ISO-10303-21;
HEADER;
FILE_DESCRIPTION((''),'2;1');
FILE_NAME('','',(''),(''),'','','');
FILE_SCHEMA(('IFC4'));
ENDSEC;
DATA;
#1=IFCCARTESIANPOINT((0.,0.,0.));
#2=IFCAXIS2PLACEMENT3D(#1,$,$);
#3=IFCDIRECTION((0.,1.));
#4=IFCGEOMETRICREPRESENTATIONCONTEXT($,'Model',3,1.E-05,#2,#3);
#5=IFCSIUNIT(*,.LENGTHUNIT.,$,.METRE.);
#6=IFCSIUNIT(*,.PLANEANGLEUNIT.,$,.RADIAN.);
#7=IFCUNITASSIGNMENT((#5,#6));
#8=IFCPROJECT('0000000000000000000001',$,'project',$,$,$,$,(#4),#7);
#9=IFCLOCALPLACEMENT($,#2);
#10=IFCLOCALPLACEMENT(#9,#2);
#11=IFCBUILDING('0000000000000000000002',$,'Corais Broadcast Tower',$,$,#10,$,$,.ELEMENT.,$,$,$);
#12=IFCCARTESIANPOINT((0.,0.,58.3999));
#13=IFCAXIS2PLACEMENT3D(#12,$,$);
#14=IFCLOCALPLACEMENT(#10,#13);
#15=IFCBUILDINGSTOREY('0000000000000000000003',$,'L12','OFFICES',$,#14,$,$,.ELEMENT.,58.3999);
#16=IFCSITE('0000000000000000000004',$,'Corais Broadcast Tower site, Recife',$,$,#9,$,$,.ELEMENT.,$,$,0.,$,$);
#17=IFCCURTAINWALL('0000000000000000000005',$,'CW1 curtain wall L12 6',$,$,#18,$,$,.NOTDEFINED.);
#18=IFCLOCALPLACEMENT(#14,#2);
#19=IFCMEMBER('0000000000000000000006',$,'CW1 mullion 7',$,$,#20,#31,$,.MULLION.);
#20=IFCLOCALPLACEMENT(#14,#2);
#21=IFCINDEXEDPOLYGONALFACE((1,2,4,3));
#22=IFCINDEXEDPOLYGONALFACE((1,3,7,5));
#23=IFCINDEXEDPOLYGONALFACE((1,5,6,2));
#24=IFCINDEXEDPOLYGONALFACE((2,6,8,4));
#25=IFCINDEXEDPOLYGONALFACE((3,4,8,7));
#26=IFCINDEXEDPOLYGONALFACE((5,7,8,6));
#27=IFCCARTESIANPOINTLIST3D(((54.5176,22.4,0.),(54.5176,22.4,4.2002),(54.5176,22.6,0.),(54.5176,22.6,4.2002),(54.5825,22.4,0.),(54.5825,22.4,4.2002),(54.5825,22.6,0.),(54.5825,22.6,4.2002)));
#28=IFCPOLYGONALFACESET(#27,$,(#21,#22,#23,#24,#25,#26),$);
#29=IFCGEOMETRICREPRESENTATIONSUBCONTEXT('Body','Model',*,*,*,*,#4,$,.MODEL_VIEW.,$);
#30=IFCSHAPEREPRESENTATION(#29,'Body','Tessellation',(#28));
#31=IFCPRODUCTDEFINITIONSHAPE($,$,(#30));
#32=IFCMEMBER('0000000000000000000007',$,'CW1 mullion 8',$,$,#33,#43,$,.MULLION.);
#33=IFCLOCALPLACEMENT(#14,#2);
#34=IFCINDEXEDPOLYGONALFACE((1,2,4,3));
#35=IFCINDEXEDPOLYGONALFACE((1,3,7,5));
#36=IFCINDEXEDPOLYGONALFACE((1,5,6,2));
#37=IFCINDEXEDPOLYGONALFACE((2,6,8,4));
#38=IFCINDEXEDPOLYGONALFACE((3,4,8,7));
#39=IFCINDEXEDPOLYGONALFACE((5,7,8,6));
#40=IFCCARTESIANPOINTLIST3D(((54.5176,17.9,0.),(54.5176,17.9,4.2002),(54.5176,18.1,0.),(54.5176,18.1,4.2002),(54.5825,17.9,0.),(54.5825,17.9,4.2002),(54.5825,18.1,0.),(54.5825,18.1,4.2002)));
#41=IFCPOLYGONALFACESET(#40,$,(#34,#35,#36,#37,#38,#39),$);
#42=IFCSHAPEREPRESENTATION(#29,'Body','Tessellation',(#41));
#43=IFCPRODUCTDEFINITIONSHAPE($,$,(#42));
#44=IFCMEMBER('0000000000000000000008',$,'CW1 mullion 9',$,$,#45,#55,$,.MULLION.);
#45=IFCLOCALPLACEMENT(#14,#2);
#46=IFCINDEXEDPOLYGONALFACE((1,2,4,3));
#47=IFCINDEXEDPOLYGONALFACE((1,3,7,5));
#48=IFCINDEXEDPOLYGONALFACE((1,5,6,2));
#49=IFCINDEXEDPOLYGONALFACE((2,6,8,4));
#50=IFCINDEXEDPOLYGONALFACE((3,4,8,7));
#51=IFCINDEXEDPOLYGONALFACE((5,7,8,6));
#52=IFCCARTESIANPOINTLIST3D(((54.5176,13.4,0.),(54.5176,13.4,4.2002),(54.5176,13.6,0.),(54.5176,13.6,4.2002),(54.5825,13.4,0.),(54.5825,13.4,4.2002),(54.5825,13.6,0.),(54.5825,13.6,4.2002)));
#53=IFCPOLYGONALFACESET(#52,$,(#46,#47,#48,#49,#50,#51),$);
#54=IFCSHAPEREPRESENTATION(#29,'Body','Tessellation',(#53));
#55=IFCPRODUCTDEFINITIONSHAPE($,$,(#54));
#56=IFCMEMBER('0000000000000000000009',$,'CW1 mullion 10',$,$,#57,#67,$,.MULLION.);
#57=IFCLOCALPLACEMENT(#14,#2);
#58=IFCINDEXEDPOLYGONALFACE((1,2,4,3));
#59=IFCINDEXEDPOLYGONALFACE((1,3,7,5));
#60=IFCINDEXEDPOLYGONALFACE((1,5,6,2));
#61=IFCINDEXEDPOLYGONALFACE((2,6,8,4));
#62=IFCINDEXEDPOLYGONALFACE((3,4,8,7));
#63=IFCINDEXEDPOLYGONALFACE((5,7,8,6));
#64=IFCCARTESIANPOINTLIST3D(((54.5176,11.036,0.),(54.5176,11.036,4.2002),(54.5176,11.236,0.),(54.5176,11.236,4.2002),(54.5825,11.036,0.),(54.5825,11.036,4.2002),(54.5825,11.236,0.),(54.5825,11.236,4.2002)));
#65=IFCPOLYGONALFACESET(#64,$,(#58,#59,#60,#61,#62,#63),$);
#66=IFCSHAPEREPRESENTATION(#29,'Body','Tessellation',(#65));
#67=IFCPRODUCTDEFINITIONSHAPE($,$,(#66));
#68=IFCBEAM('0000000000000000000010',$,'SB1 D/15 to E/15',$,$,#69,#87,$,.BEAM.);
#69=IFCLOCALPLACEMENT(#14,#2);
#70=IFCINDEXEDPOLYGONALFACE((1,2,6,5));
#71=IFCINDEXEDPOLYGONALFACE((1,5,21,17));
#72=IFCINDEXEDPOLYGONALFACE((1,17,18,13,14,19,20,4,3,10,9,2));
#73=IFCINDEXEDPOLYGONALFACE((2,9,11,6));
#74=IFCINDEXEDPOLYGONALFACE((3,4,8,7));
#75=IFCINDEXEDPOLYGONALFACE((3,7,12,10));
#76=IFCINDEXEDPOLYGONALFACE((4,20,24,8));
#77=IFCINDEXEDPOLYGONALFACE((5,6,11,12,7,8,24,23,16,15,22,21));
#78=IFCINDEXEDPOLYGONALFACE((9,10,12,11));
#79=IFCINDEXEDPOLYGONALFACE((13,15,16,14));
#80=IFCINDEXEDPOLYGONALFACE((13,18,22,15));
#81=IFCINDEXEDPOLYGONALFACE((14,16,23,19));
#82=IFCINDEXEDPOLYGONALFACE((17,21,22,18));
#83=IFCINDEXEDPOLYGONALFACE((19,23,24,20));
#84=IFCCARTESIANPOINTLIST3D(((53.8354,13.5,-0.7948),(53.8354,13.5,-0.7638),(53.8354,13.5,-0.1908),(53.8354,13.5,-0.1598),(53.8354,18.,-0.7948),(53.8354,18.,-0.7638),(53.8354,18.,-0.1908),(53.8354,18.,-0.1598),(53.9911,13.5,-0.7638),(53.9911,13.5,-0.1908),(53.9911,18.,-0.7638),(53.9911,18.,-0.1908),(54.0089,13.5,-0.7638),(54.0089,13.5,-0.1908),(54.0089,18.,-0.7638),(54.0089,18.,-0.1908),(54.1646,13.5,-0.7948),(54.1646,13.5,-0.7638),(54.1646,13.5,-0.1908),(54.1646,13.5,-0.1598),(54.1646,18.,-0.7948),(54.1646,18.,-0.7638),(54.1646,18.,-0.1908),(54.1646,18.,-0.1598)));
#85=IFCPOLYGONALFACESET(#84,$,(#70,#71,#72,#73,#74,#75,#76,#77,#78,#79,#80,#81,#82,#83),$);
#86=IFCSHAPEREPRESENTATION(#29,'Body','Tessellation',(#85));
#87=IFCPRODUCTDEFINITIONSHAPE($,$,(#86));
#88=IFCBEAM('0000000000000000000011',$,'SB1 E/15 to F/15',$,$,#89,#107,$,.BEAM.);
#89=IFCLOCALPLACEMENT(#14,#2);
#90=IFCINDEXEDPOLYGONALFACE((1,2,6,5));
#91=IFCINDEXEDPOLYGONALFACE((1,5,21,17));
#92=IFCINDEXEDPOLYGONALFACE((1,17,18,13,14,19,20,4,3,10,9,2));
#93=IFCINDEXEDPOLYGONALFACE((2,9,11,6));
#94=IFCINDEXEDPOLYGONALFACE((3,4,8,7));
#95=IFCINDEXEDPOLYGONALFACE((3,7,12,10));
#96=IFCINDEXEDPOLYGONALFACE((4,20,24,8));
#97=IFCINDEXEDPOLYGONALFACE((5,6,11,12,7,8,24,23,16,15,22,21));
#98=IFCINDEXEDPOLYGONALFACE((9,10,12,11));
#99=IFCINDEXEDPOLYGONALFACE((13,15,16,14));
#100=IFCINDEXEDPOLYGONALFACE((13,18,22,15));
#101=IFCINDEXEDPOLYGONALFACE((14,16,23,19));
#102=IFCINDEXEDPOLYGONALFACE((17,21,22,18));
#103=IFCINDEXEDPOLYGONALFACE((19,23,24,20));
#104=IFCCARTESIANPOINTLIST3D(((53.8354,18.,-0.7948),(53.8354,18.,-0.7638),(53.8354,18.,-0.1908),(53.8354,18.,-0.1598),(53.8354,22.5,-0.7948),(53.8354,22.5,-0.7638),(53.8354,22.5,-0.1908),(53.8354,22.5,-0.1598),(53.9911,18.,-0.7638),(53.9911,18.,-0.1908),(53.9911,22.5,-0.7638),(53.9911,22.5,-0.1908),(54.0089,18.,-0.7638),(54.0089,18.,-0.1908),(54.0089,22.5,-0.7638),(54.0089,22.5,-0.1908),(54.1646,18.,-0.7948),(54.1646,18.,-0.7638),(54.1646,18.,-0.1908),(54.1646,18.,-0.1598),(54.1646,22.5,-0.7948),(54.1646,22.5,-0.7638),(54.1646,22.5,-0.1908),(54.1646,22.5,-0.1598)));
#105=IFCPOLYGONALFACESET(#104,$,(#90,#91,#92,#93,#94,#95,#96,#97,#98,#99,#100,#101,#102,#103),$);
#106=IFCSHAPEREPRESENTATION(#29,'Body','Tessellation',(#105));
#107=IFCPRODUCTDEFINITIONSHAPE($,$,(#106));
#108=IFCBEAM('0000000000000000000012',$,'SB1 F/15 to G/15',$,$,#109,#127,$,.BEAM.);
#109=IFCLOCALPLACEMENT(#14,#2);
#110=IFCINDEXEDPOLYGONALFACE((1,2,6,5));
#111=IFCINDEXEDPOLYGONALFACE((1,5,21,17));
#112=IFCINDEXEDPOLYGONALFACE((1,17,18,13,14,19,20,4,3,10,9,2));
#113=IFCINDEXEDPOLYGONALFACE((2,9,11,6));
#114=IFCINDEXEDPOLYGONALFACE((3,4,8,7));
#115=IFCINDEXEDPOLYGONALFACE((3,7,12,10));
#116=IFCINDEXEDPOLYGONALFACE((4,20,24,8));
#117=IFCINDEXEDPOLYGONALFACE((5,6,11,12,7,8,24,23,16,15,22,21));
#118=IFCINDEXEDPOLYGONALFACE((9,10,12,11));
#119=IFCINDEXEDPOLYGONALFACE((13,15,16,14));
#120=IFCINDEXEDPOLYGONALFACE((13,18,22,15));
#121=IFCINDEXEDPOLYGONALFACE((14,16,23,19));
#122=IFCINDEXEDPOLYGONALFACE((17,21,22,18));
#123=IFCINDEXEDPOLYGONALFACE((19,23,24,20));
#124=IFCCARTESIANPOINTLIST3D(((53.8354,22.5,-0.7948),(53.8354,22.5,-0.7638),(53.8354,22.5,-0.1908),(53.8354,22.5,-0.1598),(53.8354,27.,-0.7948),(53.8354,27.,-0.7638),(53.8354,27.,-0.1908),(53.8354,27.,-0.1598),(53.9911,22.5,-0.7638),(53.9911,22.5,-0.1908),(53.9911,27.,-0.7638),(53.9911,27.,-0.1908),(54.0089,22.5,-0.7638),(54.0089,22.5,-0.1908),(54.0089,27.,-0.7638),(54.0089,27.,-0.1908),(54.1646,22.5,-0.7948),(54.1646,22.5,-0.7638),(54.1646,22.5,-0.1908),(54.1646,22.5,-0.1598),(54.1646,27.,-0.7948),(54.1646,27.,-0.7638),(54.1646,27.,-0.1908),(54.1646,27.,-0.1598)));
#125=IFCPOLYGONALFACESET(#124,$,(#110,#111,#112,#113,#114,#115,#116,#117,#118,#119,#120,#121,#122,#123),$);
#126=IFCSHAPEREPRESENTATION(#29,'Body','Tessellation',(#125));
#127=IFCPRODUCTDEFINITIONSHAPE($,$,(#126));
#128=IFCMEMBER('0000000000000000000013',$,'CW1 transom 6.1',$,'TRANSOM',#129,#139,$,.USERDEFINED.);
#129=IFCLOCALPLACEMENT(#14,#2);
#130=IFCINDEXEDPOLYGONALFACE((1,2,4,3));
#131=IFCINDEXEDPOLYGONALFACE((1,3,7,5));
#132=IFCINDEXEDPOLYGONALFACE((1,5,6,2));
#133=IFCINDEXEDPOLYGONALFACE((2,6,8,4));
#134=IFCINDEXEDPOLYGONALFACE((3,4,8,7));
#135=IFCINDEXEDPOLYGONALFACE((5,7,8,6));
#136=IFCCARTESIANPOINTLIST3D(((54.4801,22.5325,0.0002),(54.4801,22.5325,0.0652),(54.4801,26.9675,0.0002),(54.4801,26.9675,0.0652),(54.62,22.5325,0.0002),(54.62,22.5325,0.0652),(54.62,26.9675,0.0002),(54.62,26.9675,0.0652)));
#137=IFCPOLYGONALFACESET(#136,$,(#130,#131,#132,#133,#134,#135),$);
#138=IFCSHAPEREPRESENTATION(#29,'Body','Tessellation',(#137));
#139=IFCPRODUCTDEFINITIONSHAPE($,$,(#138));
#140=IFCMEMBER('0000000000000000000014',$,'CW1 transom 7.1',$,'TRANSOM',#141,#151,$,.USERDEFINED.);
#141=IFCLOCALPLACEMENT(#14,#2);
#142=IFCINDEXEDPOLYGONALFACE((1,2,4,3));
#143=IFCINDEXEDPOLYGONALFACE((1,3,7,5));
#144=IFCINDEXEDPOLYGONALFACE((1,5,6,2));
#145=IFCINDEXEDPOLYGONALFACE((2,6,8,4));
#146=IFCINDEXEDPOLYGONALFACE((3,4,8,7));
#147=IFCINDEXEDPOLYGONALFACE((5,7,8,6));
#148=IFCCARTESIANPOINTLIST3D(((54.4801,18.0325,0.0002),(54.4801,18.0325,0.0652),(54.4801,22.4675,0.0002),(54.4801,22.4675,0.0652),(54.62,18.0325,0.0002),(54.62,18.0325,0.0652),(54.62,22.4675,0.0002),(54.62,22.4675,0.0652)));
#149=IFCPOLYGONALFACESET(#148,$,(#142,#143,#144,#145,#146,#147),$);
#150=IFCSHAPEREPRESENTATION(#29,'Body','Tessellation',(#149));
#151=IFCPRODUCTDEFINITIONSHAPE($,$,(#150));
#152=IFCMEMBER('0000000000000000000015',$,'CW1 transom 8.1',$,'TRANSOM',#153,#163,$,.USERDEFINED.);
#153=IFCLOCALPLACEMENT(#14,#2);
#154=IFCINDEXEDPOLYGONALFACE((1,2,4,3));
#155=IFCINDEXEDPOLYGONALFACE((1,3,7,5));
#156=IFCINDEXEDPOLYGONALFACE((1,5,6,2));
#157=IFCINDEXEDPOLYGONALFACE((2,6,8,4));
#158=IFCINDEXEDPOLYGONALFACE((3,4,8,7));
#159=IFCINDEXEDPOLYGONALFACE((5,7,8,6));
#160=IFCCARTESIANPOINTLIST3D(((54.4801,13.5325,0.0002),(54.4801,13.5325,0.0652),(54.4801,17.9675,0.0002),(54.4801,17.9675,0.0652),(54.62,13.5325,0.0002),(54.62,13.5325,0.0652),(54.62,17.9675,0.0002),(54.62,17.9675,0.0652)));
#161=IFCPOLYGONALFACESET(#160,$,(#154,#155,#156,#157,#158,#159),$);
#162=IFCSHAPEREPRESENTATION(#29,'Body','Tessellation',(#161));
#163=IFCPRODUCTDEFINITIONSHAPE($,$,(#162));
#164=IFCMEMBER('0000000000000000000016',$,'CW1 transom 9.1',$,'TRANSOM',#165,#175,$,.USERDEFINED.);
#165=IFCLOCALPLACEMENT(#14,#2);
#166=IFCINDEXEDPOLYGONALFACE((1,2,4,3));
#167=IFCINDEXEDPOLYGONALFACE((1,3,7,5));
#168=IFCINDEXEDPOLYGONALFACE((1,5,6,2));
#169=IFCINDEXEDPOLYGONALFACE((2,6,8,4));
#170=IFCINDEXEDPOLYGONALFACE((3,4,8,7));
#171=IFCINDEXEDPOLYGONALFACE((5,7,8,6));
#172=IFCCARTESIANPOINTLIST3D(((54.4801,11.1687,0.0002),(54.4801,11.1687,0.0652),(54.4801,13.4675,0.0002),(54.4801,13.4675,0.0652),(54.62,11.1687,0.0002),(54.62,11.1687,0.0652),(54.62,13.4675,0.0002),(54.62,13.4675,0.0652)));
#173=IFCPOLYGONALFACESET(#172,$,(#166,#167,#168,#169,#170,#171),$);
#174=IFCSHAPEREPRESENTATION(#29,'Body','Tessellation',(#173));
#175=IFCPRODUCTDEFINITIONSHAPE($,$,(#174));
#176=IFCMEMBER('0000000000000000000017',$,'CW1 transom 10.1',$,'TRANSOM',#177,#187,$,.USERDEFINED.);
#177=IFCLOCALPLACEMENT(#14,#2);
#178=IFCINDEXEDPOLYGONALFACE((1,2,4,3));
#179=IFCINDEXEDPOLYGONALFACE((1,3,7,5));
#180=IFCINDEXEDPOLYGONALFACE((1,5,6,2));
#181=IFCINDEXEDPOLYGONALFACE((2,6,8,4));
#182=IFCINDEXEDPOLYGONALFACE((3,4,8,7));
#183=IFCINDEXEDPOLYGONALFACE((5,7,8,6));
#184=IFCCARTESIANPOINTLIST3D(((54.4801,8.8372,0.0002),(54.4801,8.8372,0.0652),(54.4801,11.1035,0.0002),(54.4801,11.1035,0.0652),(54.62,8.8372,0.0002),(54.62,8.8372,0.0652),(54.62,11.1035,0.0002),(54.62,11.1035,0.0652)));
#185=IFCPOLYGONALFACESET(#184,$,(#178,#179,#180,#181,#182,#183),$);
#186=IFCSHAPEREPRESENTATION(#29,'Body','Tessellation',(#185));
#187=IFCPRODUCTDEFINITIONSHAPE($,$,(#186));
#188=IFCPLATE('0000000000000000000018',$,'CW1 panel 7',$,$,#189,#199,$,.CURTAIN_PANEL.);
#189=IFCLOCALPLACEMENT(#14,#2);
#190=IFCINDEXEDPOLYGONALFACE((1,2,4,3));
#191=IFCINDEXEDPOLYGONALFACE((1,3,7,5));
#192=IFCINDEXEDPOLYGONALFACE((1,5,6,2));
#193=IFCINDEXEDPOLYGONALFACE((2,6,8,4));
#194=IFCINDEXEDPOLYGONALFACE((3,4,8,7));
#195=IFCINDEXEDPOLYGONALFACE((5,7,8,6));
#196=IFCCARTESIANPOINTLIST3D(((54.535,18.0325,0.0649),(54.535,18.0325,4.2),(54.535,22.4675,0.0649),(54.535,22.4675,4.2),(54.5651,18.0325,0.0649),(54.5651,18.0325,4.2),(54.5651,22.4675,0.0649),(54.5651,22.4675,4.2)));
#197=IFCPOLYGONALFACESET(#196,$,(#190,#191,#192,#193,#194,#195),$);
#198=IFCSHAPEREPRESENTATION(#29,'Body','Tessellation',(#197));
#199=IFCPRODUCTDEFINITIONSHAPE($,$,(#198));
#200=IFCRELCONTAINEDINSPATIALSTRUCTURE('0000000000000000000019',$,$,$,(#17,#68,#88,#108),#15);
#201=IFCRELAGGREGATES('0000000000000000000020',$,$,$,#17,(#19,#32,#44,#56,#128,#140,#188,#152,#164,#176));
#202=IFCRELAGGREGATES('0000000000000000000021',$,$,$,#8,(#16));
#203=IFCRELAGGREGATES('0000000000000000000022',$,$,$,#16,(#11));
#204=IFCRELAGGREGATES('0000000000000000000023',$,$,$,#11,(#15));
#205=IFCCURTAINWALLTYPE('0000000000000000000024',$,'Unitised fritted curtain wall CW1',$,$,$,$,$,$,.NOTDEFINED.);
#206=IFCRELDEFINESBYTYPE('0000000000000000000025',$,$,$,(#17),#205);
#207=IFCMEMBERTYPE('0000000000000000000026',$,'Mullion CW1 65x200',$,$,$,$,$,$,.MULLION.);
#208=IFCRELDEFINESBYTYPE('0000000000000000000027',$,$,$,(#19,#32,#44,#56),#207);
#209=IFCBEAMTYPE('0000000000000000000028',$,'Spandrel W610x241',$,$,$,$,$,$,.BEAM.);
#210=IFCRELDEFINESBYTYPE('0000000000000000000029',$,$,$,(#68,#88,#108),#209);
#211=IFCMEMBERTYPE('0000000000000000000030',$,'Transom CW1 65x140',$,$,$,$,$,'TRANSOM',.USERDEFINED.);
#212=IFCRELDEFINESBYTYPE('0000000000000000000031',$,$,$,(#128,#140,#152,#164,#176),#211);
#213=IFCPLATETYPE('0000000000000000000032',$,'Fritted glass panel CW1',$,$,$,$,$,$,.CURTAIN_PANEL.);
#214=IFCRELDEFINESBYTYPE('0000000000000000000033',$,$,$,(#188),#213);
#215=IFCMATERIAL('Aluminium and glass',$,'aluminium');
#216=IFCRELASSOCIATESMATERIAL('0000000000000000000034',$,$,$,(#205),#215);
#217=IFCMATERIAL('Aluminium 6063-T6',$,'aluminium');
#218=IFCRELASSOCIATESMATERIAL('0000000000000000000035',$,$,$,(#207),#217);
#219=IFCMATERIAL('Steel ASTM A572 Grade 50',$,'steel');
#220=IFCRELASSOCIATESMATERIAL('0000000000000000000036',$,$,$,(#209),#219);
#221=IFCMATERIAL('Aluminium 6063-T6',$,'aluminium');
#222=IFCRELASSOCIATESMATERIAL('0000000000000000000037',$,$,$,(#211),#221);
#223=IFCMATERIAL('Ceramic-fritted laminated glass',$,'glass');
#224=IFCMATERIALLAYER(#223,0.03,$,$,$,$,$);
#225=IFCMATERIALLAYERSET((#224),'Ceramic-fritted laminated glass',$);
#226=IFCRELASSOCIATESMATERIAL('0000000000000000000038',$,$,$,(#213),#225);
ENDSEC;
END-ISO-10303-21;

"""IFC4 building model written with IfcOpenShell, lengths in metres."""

from ifc_helpers import new_model, si_unit, direction, frame, origin, origin_2d, place, context, subcontext, project, spatial, rectangle, i_section, extrude, material, layer, layer_set, material_profile, profile_set, type_object, element, aggregate, save


model = new_model("IFC4")

# Units and contexts
model_context = context("Model", 3, precision=1e-05, world=origin(), true_north=direction((0.0, 1.0)))
body_context = subcontext(model_context, "Body", "Model", "MODEL_VIEW")
ifc_project = project(units=[si_unit("LENGTHUNIT", "METRE"), si_unit("PLANEANGLEUNIT", "RADIAN")], contexts=[model_context])

# Site, building, storey
site_placement = place(None, origin())
site = spatial("IfcSite", under=ifc_project, at=site_placement, Name="Corais Broadcast Tower site, Recife", CompositionType="ELEMENT", RefElevation=0.0)
building_placement = place(site_placement, origin())
building = spatial("IfcBuilding", under=site, at=building_placement, Name="Corais Broadcast Tower", CompositionType="ELEMENT")
storey_placement = place(building_placement, frame((0.0, 0.0, 58.3999)))
storey = spatial("IfcBuildingStorey", under=building, at=storey_placement, Name="L12", Description="OFFICES", CompositionType="ELEMENT", Elevation=58.3999)

# Curtain wall, members
ifc_material_1 = material(Name="Aluminium and glass", Category="aluminium")
curtain_wall_type = type_object("IfcCurtainWallType", Name="Unitised fritted curtain wall CW1", PredefinedType="NOTDEFINED", material=ifc_material_1)
curtain_wall_placement = place(storey_placement, origin())
curtain_wall = element("IfcCurtainWall", 1, at=curtain_wall_placement, inside=storey, type_object=curtain_wall_type, Name="CW1 curtain wall L12 6", PredefinedType="NOTDEFINED")
ifc_material_2 = material(Name="Aluminium 6063-T6", Category="aluminium")
ifc_material_profile_1 = material_profile(ifc_material_2, rectangle(XDim=0.0649, YDim=0.2, at=origin_2d()), Name="Mullion CW1 65x200")
ifc_profile_set_1 = profile_set([ifc_material_profile_1], Name="Aluminium 6063-T6")
member_type_1 = type_object("IfcMemberType", Name="Mullion CW1 65x200", PredefinedType="MULLION", material=ifc_profile_set_1)
member_1_placement = place(storey_placement, frame((54.55, 22.5, 0.0), z_axis=(0.0, 0.0, 1.0), x_axis=(1.0, 0.0, 0.0)))
member_1 = element("IfcMember", 2, at=member_1_placement, type_object=member_type_1, Name="CW1 mullion 7", PredefinedType="MULLION", context=body_context, shape_type="SweptSolid", body=[
    extrude(rectangle(XDim=0.0649, YDim=0.2, at=origin_2d()), origin(), (0.0, 0.0, 1.0), 4.2002),
])
member_2_placement = place(storey_placement, frame((54.55, 18.0, 0.0), z_axis=(0.0, 0.0, 1.0), x_axis=(1.0, 0.0, 0.0)))
member_2 = element("IfcMember", 3, at=member_2_placement, type_object=member_type_1, Name="CW1 mullion 8", PredefinedType="MULLION", context=body_context, shape_type="SweptSolid", body=[
    extrude(rectangle(XDim=0.0649, YDim=0.2, at=origin_2d()), origin(), (0.0, 0.0, 1.0), 4.2002),
])
member_3_placement = place(storey_placement, frame((54.55, 13.5, 0.0), z_axis=(0.0, 0.0, 1.0), x_axis=(1.0, 0.0, 0.0)))
member_3 = element("IfcMember", 4, at=member_3_placement, type_object=member_type_1, Name="CW1 mullion 9", PredefinedType="MULLION", context=body_context, shape_type="SweptSolid", body=[
    extrude(rectangle(XDim=0.0649, YDim=0.2, at=origin_2d()), origin(), (0.0, 0.0, 1.0), 4.2002),
])
member_4_placement = place(storey_placement, frame((54.55, 11.136, 0.0), z_axis=(0.0, 0.0, 1.0), x_axis=(1.0, 0.0, 0.0)))
member_4 = element("IfcMember", 5, at=member_4_placement, type_object=member_type_1, Name="CW1 mullion 10", PredefinedType="MULLION", context=body_context, shape_type="SweptSolid", body=[
    extrude(rectangle(XDim=0.0649, YDim=0.2, at=origin_2d()), origin(), (0.0, 0.0, 1.0), 4.2002),
])

# Beams
ifc_material_3 = material(Name="Steel ASTM A572 Grade 50", Category="steel")
ifc_material_profile_2 = material_profile(ifc_material_3, i_section(OverallWidth=0.3291, OverallDepth=0.635, WebThickness=0.0178, FlangeThickness=0.031, at=origin_2d()), Name="W610x241")
ifc_profile_set_2 = profile_set([ifc_material_profile_2], Name="Steel ASTM A572 Grade 50")
beam_type_1 = type_object("IfcBeamType", Name="Spandrel W610x241", PredefinedType="BEAM", material=ifc_profile_set_2)
for number, where, z_axis, x_axis, name in (
    (6, (54.0, 13.5, -0.4773), (0.0, 1.0, 0.0), (-1.0, 0.0, 0.0), "SB1 D/15 to E/15"),
    (7, (54.0, 18.0, -0.4773), (0.0, 1.0, 0.0), (-1.0, 0.0, 0.0), "SB1 E/15 to F/15"),
    (8, (54.0, 22.5, -0.4773), (0.0, 1.0, 0.0), (-1.0, 0.0, 0.0), "SB1 F/15 to G/15"),
):
    element("IfcBeam", number, at=place(storey_placement, frame(where, z_axis=z_axis, x_axis=x_axis)), inside=storey, type_object=beam_type_1, Name=name, PredefinedType="BEAM", context=body_context, shape_type="SweptSolid", body=[
        extrude(i_section(OverallWidth=0.3291, OverallDepth=0.635, WebThickness=0.0178, FlangeThickness=0.031, at=origin_2d()), origin(), (0.0, 0.0, 1.0), 4.5),
    ])

# Members
ifc_material_4 = material(Name="Aluminium 6063-T6", Category="aluminium")
ifc_material_profile_3 = material_profile(ifc_material_4, rectangle(XDim=0.1399, YDim=0.0649, at=origin_2d()), Name="Transom CW1 65x140")
ifc_profile_set_3 = profile_set([ifc_material_profile_3], Name="Aluminium 6063-T6")
member_type_2 = type_object("IfcMemberType", Name="Transom CW1 65x140", ElementType="TRANSOM", PredefinedType="USERDEFINED", material=ifc_profile_set_3)
member_5_placement = place(storey_placement, frame((54.55, 26.9675, 0.0327), z_axis=(0.0, -1.0, 0.0), x_axis=(1.0, 0.0, 0.0)))
member_5 = element("IfcMember", 9, at=member_5_placement, type_object=member_type_2, Name="CW1 transom 6.1", ObjectType="TRANSOM", PredefinedType="USERDEFINED", context=body_context, shape_type="SweptSolid", body=[
    extrude(rectangle(XDim=0.1399, YDim=0.0649, at=origin_2d()), origin(), (0.0, 0.0, 1.0), 4.4351),
])
member_6_placement = place(storey_placement, frame((54.55, 22.4675, 0.0327), z_axis=(0.0, -1.0, 0.0), x_axis=(1.0, 0.0, 0.0)))
member_6 = element("IfcMember", 10, at=member_6_placement, type_object=member_type_2, Name="CW1 transom 7.1", ObjectType="TRANSOM", PredefinedType="USERDEFINED", context=body_context, shape_type="SweptSolid", body=[
    extrude(rectangle(XDim=0.1399, YDim=0.0649, at=origin_2d()), origin(), (0.0, 0.0, 1.0), 4.4351),
])
member_7_placement = place(storey_placement, frame((54.55, 17.9675, 0.0327), z_axis=(0.0, -1.0, 0.0), x_axis=(1.0, 0.0, 0.0)))
member_7 = element("IfcMember", 11, at=member_7_placement, type_object=member_type_2, Name="CW1 transom 8.1", ObjectType="TRANSOM", PredefinedType="USERDEFINED", context=body_context, shape_type="SweptSolid", body=[
    extrude(rectangle(XDim=0.1399, YDim=0.0649, at=origin_2d()), origin(), (0.0, 0.0, 1.0), 4.4351),
])
member_8_placement = place(storey_placement, frame((54.55, 13.4675, 0.0327), z_axis=(0.0, -1.0, 0.0), x_axis=(1.0, 0.0, 0.0)))
member_8 = element("IfcMember", 12, at=member_8_placement, type_object=member_type_2, Name="CW1 transom 9.1", ObjectType="TRANSOM", PredefinedType="USERDEFINED", context=body_context, shape_type="SweptSolid", body=[
    extrude(rectangle(XDim=0.1399, YDim=0.0649, at=origin_2d()), origin(), (0.0, 0.0, 1.0), 2.2988),
])
member_9_placement = place(storey_placement, frame((54.55, 11.1035, 0.0327), z_axis=(0.0, -1.0, 0.0), x_axis=(1.0, 0.0, 0.0)))
member_9 = element("IfcMember", 13, at=member_9_placement, type_object=member_type_2, Name="CW1 transom 10.1", ObjectType="TRANSOM", PredefinedType="USERDEFINED", context=body_context, shape_type="SweptSolid", body=[
    extrude(rectangle(XDim=0.1399, YDim=0.0649, at=origin_2d()), origin(), (0.0, 0.0, 1.0), 2.2664),
])

# Plate
ifc_material_5 = material(Name="Ceramic-fritted laminated glass", Category="glass")
ifc_layer_1 = layer(ifc_material_5, 0.03)
ifc_layer_set_1 = layer_set([ifc_layer_1], Name="Ceramic-fritted laminated glass")
plate_type_1 = type_object("IfcPlateType", Name="Fritted glass panel CW1", PredefinedType="CURTAIN_PANEL", material=ifc_layer_set_1)
plate_1_placement = place(storey_placement, frame((54.55, 20.25, 0.0649), z_axis=(0.0, 0.0, 1.0), x_axis=(0.0, -1.0, 0.0)))
plate_1 = element("IfcPlate", 14, at=plate_1_placement, type_object=plate_type_1, Name="CW1 panel 7", PredefinedType="CURTAIN_PANEL", context=body_context, shape_type="SweptSolid", body=[
    extrude(rectangle(XDim=4.4351, YDim=0.03, at=origin_2d()), origin(), (0.0, 0.0, 1.0), 4.135),
])
aggregate(curtain_wall, [member_1, member_2, member_3, member_4, member_5, member_6, plate_1, member_7, member_8, member_9])

save(model, "model.ifc")
